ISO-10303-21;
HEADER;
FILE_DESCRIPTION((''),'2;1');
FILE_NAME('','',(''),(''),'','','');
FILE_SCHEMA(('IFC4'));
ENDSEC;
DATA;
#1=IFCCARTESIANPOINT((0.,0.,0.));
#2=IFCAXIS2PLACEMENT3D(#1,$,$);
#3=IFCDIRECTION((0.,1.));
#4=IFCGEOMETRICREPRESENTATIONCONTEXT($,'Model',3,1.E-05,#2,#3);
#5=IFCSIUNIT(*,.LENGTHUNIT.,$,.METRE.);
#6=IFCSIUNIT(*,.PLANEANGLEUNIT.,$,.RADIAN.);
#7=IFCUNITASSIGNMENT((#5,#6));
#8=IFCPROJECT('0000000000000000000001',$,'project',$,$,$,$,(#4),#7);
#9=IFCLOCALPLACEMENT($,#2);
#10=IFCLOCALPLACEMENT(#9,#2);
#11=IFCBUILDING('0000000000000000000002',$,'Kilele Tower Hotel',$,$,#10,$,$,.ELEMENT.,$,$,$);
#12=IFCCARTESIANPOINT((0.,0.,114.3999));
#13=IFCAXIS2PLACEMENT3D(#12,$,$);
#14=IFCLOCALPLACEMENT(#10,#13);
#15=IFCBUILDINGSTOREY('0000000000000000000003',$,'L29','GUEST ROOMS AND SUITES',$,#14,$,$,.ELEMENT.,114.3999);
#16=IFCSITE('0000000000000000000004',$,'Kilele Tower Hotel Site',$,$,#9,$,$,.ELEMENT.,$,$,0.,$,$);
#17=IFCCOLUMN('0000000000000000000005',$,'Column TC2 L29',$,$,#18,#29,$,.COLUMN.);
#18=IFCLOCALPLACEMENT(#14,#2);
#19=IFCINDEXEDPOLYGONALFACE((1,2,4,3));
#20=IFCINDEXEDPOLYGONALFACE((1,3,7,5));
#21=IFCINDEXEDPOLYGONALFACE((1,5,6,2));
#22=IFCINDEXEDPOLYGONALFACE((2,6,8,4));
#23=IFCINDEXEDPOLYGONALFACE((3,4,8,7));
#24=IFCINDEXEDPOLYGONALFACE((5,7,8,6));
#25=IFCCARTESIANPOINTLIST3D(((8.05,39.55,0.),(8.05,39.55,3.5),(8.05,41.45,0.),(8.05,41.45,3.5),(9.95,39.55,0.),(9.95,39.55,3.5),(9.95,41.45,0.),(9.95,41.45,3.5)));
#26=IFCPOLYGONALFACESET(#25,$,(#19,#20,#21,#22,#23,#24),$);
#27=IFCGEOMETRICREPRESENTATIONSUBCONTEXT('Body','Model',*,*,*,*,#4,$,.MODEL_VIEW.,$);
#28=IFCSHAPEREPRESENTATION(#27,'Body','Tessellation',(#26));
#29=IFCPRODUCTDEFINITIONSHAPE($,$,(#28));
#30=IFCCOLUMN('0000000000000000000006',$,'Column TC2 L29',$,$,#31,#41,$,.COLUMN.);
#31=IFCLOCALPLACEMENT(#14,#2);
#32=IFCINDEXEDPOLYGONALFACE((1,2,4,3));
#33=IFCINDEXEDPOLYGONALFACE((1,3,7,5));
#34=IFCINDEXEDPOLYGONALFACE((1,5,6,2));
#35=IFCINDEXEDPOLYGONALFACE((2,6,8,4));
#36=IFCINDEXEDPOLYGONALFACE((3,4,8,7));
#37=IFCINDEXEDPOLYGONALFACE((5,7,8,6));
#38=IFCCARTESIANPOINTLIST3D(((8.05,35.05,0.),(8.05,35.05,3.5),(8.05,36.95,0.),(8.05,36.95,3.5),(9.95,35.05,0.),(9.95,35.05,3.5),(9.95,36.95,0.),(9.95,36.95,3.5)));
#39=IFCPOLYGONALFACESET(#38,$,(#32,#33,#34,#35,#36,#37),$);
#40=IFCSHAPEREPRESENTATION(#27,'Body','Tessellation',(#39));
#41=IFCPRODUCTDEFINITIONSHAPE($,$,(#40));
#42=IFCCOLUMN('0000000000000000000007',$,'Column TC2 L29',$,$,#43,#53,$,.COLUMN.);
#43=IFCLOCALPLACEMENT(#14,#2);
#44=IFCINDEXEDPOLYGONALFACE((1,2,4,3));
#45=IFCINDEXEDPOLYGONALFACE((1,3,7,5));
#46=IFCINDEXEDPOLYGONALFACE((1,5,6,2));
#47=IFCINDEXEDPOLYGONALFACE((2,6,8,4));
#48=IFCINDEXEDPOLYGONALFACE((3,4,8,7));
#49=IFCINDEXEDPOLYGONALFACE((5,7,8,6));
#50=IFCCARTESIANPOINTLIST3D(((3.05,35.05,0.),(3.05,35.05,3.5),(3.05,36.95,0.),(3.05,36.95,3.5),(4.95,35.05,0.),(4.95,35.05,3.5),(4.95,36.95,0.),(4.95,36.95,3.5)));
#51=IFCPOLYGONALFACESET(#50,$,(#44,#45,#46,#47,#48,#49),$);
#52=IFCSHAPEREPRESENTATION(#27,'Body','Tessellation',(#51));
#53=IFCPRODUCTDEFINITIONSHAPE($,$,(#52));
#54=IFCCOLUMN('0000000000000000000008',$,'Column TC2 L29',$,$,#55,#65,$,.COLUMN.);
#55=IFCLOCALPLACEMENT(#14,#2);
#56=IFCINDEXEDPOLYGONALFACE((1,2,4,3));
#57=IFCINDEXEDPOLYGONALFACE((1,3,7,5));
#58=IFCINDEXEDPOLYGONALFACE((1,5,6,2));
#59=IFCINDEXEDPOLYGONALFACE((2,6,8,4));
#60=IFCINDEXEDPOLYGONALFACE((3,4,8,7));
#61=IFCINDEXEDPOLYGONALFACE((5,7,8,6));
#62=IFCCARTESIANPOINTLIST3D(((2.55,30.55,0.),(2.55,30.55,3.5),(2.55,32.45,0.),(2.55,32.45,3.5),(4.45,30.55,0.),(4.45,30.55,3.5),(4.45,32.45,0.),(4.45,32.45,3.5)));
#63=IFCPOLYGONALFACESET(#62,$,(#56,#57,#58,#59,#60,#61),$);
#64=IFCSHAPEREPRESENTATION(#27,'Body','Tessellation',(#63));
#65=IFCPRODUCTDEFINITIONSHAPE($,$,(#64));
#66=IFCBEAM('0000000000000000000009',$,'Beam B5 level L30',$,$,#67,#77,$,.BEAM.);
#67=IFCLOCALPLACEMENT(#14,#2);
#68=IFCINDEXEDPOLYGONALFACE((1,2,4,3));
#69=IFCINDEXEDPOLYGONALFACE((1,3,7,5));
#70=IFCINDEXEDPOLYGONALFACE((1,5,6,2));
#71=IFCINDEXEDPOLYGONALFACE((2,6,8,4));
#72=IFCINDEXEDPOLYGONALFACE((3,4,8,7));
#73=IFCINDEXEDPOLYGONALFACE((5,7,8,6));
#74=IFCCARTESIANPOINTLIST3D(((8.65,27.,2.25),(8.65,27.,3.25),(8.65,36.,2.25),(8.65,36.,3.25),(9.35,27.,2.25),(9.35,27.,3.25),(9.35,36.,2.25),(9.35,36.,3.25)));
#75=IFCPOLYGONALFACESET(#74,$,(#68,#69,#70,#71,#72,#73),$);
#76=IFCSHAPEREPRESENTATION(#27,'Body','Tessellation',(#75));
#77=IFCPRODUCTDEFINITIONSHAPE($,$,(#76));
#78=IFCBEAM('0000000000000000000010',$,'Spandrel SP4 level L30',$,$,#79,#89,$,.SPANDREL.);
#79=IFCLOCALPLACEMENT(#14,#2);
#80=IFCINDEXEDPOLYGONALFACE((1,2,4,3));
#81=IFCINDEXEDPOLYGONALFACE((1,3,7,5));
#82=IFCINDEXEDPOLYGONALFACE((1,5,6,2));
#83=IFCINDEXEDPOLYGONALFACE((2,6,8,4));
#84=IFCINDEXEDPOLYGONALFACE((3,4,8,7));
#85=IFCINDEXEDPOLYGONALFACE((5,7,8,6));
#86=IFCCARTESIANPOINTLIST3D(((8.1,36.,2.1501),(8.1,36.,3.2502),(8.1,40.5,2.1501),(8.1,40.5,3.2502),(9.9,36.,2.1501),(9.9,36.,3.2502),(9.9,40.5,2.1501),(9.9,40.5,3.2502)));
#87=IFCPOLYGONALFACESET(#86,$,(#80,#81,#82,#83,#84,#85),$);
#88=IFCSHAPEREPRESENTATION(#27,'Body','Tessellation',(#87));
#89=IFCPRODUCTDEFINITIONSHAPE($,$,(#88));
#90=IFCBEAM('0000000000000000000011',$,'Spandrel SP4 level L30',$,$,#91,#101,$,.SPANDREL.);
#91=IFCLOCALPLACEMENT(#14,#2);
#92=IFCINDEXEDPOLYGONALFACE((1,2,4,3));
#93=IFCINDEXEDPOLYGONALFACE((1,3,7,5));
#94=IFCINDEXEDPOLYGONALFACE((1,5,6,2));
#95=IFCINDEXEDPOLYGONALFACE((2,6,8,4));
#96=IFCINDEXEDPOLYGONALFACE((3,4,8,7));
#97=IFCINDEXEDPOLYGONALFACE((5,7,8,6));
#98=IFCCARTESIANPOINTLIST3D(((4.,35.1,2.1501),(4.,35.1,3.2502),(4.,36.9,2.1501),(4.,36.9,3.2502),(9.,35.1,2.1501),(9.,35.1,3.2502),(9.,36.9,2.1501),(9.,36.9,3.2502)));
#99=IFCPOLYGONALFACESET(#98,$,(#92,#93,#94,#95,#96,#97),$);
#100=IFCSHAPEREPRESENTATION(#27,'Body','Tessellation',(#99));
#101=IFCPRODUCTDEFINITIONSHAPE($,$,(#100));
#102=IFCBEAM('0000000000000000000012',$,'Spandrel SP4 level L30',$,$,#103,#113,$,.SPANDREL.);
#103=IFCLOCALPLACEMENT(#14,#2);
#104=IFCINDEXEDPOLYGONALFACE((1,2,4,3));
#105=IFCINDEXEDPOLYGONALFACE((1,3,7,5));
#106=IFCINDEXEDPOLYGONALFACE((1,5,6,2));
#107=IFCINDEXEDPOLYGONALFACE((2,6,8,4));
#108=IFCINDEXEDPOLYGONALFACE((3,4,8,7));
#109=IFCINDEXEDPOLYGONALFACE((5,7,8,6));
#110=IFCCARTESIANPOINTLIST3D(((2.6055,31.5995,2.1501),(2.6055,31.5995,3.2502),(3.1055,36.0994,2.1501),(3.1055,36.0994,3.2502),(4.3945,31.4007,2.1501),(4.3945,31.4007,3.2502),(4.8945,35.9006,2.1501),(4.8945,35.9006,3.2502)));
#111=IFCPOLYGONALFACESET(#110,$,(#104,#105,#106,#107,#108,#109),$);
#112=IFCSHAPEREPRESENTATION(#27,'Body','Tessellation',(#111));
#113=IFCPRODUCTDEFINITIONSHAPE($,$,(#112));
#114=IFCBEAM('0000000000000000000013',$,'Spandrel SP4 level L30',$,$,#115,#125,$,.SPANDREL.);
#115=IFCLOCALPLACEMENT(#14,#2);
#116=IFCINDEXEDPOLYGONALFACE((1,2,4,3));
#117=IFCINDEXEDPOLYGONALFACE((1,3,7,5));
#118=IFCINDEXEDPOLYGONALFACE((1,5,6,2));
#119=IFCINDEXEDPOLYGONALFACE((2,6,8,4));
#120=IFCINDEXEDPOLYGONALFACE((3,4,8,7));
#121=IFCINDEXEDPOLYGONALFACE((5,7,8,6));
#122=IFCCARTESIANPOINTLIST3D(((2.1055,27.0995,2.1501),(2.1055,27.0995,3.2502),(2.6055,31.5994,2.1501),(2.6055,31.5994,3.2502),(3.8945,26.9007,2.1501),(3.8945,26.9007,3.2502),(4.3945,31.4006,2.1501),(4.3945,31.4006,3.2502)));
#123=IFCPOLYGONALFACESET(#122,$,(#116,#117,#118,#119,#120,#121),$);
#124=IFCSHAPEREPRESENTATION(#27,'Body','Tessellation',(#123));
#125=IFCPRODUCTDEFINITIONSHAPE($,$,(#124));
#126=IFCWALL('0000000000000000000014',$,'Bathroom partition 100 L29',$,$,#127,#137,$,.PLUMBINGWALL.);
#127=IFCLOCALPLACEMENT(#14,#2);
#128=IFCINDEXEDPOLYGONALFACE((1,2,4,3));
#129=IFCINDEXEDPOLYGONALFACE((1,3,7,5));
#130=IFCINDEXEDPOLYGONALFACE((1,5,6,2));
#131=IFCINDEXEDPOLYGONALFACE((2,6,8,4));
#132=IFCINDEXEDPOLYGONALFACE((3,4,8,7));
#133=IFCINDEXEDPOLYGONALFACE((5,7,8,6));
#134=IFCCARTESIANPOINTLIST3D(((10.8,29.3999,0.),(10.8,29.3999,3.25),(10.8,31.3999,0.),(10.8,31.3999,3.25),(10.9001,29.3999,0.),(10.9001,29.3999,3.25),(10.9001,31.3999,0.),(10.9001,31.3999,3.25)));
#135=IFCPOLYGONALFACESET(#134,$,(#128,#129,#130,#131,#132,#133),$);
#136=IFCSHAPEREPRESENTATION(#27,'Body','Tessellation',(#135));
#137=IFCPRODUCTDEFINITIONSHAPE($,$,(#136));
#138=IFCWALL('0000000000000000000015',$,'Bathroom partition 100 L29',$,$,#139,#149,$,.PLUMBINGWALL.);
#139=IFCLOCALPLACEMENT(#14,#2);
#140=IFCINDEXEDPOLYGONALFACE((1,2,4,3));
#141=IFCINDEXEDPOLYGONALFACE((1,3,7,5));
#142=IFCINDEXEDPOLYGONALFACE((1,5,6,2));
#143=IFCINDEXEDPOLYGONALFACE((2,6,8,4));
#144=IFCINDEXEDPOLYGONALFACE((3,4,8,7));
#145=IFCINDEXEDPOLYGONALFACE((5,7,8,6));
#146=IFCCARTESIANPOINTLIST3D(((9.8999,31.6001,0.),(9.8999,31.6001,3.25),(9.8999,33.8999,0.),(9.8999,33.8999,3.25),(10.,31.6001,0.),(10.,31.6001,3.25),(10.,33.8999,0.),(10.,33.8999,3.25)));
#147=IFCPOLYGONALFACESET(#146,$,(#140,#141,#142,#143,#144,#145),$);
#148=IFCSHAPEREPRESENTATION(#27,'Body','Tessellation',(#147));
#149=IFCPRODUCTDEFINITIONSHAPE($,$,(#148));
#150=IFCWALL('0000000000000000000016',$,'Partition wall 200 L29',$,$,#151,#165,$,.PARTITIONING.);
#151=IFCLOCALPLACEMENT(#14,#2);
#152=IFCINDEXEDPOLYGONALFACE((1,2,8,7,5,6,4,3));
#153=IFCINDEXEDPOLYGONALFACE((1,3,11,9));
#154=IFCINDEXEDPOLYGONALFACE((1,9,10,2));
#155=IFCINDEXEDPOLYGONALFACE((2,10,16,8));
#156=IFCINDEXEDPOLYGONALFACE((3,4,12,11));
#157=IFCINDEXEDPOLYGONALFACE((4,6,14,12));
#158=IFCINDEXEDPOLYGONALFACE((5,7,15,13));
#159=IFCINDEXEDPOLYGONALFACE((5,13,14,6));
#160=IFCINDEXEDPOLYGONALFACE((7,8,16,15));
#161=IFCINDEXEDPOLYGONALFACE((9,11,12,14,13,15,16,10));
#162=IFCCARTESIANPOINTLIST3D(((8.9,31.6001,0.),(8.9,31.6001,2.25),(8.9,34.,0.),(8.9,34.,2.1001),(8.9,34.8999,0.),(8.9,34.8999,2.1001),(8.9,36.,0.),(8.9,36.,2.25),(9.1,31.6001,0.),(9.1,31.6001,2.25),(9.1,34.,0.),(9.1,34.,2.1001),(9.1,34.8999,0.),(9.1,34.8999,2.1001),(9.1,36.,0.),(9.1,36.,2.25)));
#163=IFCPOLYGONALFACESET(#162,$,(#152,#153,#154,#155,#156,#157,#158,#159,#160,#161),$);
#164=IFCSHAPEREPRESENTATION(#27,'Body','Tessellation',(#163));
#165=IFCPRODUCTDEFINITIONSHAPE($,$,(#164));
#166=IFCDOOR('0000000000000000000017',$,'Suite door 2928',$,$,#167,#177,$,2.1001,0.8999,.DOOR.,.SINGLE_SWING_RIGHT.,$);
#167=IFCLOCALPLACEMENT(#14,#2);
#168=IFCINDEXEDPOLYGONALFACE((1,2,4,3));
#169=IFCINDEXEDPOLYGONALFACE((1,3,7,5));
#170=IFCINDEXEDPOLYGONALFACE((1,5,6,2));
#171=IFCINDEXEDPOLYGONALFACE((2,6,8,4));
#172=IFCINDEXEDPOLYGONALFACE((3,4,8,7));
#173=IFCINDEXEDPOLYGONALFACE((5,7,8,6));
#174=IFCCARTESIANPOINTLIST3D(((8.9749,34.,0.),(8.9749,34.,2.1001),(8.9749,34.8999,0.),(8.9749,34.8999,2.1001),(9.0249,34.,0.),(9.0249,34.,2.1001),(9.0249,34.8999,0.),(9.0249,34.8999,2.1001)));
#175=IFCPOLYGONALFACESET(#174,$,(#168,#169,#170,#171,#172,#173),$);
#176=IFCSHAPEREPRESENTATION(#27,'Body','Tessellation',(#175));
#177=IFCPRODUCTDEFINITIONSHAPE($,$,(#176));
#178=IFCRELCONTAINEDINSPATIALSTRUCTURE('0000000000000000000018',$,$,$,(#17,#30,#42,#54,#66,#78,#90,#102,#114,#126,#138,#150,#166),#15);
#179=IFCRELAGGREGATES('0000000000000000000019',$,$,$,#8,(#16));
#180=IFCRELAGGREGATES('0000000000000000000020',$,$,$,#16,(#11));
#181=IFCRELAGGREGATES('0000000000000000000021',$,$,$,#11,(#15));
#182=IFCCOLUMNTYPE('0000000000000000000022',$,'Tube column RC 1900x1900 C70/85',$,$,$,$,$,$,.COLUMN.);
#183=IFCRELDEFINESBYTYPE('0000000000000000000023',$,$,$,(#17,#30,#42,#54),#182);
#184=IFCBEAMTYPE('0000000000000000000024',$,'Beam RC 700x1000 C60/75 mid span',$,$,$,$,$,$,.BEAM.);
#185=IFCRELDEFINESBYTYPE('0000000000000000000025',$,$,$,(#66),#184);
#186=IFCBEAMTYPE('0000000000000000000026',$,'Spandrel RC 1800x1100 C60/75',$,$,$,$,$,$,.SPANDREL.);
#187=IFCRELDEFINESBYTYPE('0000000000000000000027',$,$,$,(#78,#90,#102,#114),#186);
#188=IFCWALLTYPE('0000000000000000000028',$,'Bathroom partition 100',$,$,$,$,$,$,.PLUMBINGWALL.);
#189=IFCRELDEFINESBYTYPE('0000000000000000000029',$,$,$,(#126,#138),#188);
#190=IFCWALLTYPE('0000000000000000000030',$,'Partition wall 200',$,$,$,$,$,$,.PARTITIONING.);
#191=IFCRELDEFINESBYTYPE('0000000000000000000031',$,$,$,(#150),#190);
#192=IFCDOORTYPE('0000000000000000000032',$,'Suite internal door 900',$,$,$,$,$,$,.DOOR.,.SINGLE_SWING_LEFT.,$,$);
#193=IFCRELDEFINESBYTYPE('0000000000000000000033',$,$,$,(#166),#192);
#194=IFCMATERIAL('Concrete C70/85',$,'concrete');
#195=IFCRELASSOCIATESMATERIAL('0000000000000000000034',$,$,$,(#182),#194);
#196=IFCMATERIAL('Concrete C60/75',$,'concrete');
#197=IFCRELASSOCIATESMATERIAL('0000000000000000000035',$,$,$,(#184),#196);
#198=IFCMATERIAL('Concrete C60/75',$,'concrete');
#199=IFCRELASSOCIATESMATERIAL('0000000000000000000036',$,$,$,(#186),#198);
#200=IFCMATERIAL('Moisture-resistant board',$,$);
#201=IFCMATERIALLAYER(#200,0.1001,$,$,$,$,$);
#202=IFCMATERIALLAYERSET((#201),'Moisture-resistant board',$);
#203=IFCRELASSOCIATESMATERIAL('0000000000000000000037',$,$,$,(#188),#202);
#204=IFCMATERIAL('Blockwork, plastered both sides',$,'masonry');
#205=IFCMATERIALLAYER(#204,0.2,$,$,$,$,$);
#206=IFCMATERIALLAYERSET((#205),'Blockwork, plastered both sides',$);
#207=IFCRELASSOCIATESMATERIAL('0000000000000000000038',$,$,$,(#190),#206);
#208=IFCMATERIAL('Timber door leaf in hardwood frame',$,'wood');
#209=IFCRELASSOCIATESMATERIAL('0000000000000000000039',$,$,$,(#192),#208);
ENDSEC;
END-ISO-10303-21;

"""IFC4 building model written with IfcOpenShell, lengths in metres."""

from ifc_helpers import new_model, si_unit, direction, frame, frame_2d, origin, origin_2d, place, context, subcontext, project, spatial, rectangle, extrude, material, layer, layer_set, material_profile, profile_set, type_object, element, fill, save


model = new_model("IFC4")

# Units and contexts
model_context = context("Model", 3, precision=1e-05, world=origin(), true_north=direction((0.0, 1.0)))
body_context = subcontext(model_context, "Body", "Model", "MODEL_VIEW")
ifc_project = project(units=[si_unit("LENGTHUNIT", "METRE"), si_unit("PLANEANGLEUNIT", "RADIAN")], contexts=[model_context])

# Site, building, storey
site_placement = place(None, origin())
site = spatial("IfcSite", under=ifc_project, at=site_placement, Name="Kilele Tower Hotel Site", CompositionType="ELEMENT", RefElevation=0.0)
building_placement = place(site_placement, origin())
building = spatial("IfcBuilding", under=site, at=building_placement, Name="Kilele Tower Hotel", CompositionType="ELEMENT")
storey_placement = place(building_placement, frame((0.0, 0.0, 114.3999)))
storey = spatial("IfcBuildingStorey", under=building, at=storey_placement, Name="L29", Description="GUEST ROOMS AND SUITES", CompositionType="ELEMENT", Elevation=114.3999)

# Columns
ifc_material_1 = material(Name="Concrete C70/85", Category="concrete")
ifc_material_profile_1 = material_profile(ifc_material_1, rectangle(XDim=1.8999, YDim=1.8999, at=origin_2d()))
ifc_profile_set_1 = profile_set([ifc_material_profile_1], Name="Concrete C70/85")
column_type = type_object("IfcColumnType", Name="Tube column RC 1900x1900 C70/85", PredefinedType="COLUMN", material=ifc_profile_set_1)
for number, where, z_axis, x_axis, name in (
    (1, (9.0, 40.5, 0.0), (0.0, 0.0, 1.0), (1.0, 0.0, 0.0), "Column TC2 L29"),
    (2, (9.0, 36.0, 0.0), (0.0, 0.0, 1.0), (1.0, 0.0, 0.0), "Column TC2 L29"),
    (3, (4.0, 36.0, 0.0), (0.0, 0.0, 1.0), (1.0, 0.0, 0.0), "Column TC2 L29"),
    (4, (3.5, 31.5, 0.0), (0.0, 0.0, 1.0), (1.0, 0.0, 0.0), "Column TC2 L29"),
):
    element("IfcColumn", number, at=place(storey_placement, frame(where, z_axis=z_axis, x_axis=x_axis)), inside=storey, type_object=column_type, Name=name, PredefinedType="COLUMN", context=body_context, shape_type="SweptSolid", body=[
        extrude(rectangle(XDim=1.8999, YDim=1.8999, at=origin_2d()), origin(), (0.0, 0.0, 1.0), 3.5),
    ])

# Beams
ifc_material_2 = material(Name="Concrete C60/75", Category="concrete")
ifc_material_profile_2 = material_profile(ifc_material_2, rectangle(XDim=0.7, YDim=1.0, at=origin_2d()))
ifc_profile_set_2 = profile_set([ifc_material_profile_2], Name="Concrete C60/75")
beam_type_1 = type_object("IfcBeamType", Name="Beam RC 700x1000 C60/75 mid span", PredefinedType="BEAM", material=ifc_profile_set_2)
beam_1_placement = place(storey_placement, frame((9.0, 36.0, 2.75), z_axis=(0.0, -1.0, 0.0), x_axis=(1.0, 0.0, 0.0)))
element("IfcBeam", 5, at=beam_1_placement, inside=storey, type_object=beam_type_1, Name="Beam B5 level L30", PredefinedType="BEAM", context=body_context, shape_type="SweptSolid", body=[
    extrude(rectangle(XDim=0.7, YDim=1.0, at=origin_2d()), origin(), (0.0, 0.0, 1.0), 9.0),
])
ifc_material_3 = material(Name="Concrete C60/75", Category="concrete")
ifc_material_profile_3 = material_profile(ifc_material_3, rectangle(XDim=1.8, YDim=1.1001, at=origin_2d()))
ifc_profile_set_3 = profile_set([ifc_material_profile_3], Name="Concrete C60/75")
beam_type_2 = type_object("IfcBeamType", Name="Spandrel RC 1800x1100 C60/75", PredefinedType="SPANDREL", material=ifc_profile_set_3)
beam_2_placement = place(storey_placement, frame((9.0, 40.5, 2.7002), z_axis=(0.0, -1.0, 0.0), x_axis=(1.0, 0.0, 0.0)))
element("IfcBeam", 6, at=beam_2_placement, inside=storey, type_object=beam_type_2, Name="Spandrel SP4 level L30", PredefinedType="SPANDREL", context=body_context, shape_type="SweptSolid", body=[
    extrude(rectangle(XDim=1.8, YDim=1.1001, at=origin_2d()), origin(), (0.0, 0.0, 1.0), 4.5),
])
beam_3_placement = place(storey_placement, frame((9.0, 36.0, 2.7002), z_axis=(-1.0, 0.0, 0.0), x_axis=(0.0, -1.0, 0.0)))
element("IfcBeam", 7, at=beam_3_placement, inside=storey, type_object=beam_type_2, Name="Spandrel SP4 level L30", PredefinedType="SPANDREL", context=body_context, shape_type="SweptSolid", body=[
    extrude(rectangle(XDim=1.8, YDim=1.1001, at=origin_2d()), origin(), (0.0, 0.0, 1.0), 5.0),
])
for number, where, z_axis, x_axis, name in (
    (8, (4.0, 36.0, 2.7002), (-0.110432, -0.993884, 0.0), (0.993884, -0.110432, 0.0), "Spandrel SP4 level L30"),
    (9, (3.5, 31.5, 2.7002), (-0.110432, -0.993884, 0.0), (0.993884, -0.110432, 0.0), "Spandrel SP4 level L30"),
):
    element("IfcBeam", number, at=place(storey_placement, frame(where, z_axis=z_axis, x_axis=x_axis)), inside=storey, type_object=beam_type_2, Name=name, PredefinedType="SPANDREL", context=body_context, shape_type="SweptSolid", body=[
        extrude(rectangle(XDim=1.8, YDim=1.1001, at=origin_2d()), origin(), (0.0, 0.0, 1.0), 4.5276),
    ])

# Walls
ifc_material_4 = material(Name="Moisture-resistant board")
ifc_layer_1 = layer(ifc_material_4, 0.1001)
ifc_layer_set_1 = layer_set([ifc_layer_1], Name="Moisture-resistant board")
wall_type_1 = type_object("IfcWallType", Name="Bathroom partition 100", PredefinedType="PLUMBINGWALL", material=ifc_layer_set_1)
wall_1_placement = place(storey_placement, frame((10.8501, 31.3999, 0.0), z_axis=(0.0, 0.0, 1.0), x_axis=(0.0, -1.0, 0.0)))
element("IfcWall", 10, at=wall_1_placement, inside=storey, type_object=wall_type_1, Name="Bathroom partition 100 L29", PredefinedType="PLUMBINGWALL", context=body_context, shape_type="SweptSolid", body=[
    extrude(rectangle(XDim=2.0, YDim=0.1001, at=frame_2d((1.0, 0.0))), origin(), (0.0, 0.0, 1.0), 3.25),
])
wall_2_placement = place(storey_placement, frame((9.95, 31.6001, 0.0), z_axis=(0.0, 0.0, 1.0), x_axis=(0.0, 1.0, 0.0)))
element("IfcWall", 11, at=wall_2_placement, inside=storey, type_object=wall_type_1, Name="Bathroom partition 100 L29", PredefinedType="PLUMBINGWALL", context=body_context, shape_type="SweptSolid", body=[
    extrude(rectangle(XDim=2.2998, YDim=0.1001, at=frame_2d((1.1499, 0.0))), origin(), (0.0, 0.0, 1.0), 3.25),
])

# Wall, opening, door
ifc_material_5 = material(Name="Blockwork, plastered both sides", Category="masonry")
ifc_layer_2 = layer(ifc_material_5, 0.2)
ifc_layer_set_2 = layer_set([ifc_layer_2], Name="Blockwork, plastered both sides")
wall_type_2 = type_object("IfcWallType", Name="Partition wall 200", PredefinedType="PARTITIONING", material=ifc_layer_set_2)
wall_3_placement = place(storey_placement, frame((9.0, 31.6001, 0.0), z_axis=(0.0, 0.0, 1.0), x_axis=(0.0, 1.0, 0.0)))
wall_3 = element("IfcWall", 12, at=wall_3_placement, inside=storey, type_object=wall_type_2, Name="Partition wall 200 L29", PredefinedType="PARTITIONING", context=body_context, shape_type="SweptSolid", body=[
    extrude(rectangle(XDim=4.3999, YDim=0.2, at=frame_2d((2.2, 0.0))), origin(), (0.0, 0.0, 1.0), 2.25),
])
opening_1_placement = place(wall_3_placement, frame((3.2998, 0.0, 0.0), z_axis=(0.0, 0.0, 1.0), x_axis=(-1.0, 0.0, 0.0)))
opening_1 = element("IfcOpeningElement", 13, at=opening_1_placement, cuts=wall_3, PredefinedType="OPENING", context=body_context, shape_type="SweptSolid", body=[
    extrude(rectangle(XDim=0.8999, YDim=2.1001, at=frame_2d((0.45, 1.05))), frame((0.0, 0.1099, 0.0), z_axis=(0.0, -1.0, 0.0), x_axis=(1.0, 0.0, 0.0)), (0.0, 0.0, 1.0), 0.22),
])
ifc_material_6 = material(Name="Timber door leaf in hardwood frame", Category="wood")
door_type = type_object("IfcDoorType", Name="Suite internal door 900", OperationType="SINGLE_SWING_LEFT", PredefinedType="DOOR", material=ifc_material_6)
door_placement = place(opening_1_placement, origin())
door = element("IfcDoor", 14, at=door_placement, inside=storey, type_object=door_type, Name="Suite door 2928", OperationType="SINGLE_SWING_RIGHT", OverallHeight=2.1001, OverallWidth=0.8999, PredefinedType="DOOR", context=body_context, shape_type="SweptSolid", body=[
    extrude(rectangle(XDim=0.8999, YDim=2.1001, at=frame_2d((0.45, 1.05))), frame((0.0, 0.0249, 0.0), z_axis=(0.0, -1.0, 0.0), x_axis=(1.0, 0.0, 0.0)), (0.0, 0.0, 1.0), 0.05),
])
fill(opening_1, door)

save(model, "model.ifc")
